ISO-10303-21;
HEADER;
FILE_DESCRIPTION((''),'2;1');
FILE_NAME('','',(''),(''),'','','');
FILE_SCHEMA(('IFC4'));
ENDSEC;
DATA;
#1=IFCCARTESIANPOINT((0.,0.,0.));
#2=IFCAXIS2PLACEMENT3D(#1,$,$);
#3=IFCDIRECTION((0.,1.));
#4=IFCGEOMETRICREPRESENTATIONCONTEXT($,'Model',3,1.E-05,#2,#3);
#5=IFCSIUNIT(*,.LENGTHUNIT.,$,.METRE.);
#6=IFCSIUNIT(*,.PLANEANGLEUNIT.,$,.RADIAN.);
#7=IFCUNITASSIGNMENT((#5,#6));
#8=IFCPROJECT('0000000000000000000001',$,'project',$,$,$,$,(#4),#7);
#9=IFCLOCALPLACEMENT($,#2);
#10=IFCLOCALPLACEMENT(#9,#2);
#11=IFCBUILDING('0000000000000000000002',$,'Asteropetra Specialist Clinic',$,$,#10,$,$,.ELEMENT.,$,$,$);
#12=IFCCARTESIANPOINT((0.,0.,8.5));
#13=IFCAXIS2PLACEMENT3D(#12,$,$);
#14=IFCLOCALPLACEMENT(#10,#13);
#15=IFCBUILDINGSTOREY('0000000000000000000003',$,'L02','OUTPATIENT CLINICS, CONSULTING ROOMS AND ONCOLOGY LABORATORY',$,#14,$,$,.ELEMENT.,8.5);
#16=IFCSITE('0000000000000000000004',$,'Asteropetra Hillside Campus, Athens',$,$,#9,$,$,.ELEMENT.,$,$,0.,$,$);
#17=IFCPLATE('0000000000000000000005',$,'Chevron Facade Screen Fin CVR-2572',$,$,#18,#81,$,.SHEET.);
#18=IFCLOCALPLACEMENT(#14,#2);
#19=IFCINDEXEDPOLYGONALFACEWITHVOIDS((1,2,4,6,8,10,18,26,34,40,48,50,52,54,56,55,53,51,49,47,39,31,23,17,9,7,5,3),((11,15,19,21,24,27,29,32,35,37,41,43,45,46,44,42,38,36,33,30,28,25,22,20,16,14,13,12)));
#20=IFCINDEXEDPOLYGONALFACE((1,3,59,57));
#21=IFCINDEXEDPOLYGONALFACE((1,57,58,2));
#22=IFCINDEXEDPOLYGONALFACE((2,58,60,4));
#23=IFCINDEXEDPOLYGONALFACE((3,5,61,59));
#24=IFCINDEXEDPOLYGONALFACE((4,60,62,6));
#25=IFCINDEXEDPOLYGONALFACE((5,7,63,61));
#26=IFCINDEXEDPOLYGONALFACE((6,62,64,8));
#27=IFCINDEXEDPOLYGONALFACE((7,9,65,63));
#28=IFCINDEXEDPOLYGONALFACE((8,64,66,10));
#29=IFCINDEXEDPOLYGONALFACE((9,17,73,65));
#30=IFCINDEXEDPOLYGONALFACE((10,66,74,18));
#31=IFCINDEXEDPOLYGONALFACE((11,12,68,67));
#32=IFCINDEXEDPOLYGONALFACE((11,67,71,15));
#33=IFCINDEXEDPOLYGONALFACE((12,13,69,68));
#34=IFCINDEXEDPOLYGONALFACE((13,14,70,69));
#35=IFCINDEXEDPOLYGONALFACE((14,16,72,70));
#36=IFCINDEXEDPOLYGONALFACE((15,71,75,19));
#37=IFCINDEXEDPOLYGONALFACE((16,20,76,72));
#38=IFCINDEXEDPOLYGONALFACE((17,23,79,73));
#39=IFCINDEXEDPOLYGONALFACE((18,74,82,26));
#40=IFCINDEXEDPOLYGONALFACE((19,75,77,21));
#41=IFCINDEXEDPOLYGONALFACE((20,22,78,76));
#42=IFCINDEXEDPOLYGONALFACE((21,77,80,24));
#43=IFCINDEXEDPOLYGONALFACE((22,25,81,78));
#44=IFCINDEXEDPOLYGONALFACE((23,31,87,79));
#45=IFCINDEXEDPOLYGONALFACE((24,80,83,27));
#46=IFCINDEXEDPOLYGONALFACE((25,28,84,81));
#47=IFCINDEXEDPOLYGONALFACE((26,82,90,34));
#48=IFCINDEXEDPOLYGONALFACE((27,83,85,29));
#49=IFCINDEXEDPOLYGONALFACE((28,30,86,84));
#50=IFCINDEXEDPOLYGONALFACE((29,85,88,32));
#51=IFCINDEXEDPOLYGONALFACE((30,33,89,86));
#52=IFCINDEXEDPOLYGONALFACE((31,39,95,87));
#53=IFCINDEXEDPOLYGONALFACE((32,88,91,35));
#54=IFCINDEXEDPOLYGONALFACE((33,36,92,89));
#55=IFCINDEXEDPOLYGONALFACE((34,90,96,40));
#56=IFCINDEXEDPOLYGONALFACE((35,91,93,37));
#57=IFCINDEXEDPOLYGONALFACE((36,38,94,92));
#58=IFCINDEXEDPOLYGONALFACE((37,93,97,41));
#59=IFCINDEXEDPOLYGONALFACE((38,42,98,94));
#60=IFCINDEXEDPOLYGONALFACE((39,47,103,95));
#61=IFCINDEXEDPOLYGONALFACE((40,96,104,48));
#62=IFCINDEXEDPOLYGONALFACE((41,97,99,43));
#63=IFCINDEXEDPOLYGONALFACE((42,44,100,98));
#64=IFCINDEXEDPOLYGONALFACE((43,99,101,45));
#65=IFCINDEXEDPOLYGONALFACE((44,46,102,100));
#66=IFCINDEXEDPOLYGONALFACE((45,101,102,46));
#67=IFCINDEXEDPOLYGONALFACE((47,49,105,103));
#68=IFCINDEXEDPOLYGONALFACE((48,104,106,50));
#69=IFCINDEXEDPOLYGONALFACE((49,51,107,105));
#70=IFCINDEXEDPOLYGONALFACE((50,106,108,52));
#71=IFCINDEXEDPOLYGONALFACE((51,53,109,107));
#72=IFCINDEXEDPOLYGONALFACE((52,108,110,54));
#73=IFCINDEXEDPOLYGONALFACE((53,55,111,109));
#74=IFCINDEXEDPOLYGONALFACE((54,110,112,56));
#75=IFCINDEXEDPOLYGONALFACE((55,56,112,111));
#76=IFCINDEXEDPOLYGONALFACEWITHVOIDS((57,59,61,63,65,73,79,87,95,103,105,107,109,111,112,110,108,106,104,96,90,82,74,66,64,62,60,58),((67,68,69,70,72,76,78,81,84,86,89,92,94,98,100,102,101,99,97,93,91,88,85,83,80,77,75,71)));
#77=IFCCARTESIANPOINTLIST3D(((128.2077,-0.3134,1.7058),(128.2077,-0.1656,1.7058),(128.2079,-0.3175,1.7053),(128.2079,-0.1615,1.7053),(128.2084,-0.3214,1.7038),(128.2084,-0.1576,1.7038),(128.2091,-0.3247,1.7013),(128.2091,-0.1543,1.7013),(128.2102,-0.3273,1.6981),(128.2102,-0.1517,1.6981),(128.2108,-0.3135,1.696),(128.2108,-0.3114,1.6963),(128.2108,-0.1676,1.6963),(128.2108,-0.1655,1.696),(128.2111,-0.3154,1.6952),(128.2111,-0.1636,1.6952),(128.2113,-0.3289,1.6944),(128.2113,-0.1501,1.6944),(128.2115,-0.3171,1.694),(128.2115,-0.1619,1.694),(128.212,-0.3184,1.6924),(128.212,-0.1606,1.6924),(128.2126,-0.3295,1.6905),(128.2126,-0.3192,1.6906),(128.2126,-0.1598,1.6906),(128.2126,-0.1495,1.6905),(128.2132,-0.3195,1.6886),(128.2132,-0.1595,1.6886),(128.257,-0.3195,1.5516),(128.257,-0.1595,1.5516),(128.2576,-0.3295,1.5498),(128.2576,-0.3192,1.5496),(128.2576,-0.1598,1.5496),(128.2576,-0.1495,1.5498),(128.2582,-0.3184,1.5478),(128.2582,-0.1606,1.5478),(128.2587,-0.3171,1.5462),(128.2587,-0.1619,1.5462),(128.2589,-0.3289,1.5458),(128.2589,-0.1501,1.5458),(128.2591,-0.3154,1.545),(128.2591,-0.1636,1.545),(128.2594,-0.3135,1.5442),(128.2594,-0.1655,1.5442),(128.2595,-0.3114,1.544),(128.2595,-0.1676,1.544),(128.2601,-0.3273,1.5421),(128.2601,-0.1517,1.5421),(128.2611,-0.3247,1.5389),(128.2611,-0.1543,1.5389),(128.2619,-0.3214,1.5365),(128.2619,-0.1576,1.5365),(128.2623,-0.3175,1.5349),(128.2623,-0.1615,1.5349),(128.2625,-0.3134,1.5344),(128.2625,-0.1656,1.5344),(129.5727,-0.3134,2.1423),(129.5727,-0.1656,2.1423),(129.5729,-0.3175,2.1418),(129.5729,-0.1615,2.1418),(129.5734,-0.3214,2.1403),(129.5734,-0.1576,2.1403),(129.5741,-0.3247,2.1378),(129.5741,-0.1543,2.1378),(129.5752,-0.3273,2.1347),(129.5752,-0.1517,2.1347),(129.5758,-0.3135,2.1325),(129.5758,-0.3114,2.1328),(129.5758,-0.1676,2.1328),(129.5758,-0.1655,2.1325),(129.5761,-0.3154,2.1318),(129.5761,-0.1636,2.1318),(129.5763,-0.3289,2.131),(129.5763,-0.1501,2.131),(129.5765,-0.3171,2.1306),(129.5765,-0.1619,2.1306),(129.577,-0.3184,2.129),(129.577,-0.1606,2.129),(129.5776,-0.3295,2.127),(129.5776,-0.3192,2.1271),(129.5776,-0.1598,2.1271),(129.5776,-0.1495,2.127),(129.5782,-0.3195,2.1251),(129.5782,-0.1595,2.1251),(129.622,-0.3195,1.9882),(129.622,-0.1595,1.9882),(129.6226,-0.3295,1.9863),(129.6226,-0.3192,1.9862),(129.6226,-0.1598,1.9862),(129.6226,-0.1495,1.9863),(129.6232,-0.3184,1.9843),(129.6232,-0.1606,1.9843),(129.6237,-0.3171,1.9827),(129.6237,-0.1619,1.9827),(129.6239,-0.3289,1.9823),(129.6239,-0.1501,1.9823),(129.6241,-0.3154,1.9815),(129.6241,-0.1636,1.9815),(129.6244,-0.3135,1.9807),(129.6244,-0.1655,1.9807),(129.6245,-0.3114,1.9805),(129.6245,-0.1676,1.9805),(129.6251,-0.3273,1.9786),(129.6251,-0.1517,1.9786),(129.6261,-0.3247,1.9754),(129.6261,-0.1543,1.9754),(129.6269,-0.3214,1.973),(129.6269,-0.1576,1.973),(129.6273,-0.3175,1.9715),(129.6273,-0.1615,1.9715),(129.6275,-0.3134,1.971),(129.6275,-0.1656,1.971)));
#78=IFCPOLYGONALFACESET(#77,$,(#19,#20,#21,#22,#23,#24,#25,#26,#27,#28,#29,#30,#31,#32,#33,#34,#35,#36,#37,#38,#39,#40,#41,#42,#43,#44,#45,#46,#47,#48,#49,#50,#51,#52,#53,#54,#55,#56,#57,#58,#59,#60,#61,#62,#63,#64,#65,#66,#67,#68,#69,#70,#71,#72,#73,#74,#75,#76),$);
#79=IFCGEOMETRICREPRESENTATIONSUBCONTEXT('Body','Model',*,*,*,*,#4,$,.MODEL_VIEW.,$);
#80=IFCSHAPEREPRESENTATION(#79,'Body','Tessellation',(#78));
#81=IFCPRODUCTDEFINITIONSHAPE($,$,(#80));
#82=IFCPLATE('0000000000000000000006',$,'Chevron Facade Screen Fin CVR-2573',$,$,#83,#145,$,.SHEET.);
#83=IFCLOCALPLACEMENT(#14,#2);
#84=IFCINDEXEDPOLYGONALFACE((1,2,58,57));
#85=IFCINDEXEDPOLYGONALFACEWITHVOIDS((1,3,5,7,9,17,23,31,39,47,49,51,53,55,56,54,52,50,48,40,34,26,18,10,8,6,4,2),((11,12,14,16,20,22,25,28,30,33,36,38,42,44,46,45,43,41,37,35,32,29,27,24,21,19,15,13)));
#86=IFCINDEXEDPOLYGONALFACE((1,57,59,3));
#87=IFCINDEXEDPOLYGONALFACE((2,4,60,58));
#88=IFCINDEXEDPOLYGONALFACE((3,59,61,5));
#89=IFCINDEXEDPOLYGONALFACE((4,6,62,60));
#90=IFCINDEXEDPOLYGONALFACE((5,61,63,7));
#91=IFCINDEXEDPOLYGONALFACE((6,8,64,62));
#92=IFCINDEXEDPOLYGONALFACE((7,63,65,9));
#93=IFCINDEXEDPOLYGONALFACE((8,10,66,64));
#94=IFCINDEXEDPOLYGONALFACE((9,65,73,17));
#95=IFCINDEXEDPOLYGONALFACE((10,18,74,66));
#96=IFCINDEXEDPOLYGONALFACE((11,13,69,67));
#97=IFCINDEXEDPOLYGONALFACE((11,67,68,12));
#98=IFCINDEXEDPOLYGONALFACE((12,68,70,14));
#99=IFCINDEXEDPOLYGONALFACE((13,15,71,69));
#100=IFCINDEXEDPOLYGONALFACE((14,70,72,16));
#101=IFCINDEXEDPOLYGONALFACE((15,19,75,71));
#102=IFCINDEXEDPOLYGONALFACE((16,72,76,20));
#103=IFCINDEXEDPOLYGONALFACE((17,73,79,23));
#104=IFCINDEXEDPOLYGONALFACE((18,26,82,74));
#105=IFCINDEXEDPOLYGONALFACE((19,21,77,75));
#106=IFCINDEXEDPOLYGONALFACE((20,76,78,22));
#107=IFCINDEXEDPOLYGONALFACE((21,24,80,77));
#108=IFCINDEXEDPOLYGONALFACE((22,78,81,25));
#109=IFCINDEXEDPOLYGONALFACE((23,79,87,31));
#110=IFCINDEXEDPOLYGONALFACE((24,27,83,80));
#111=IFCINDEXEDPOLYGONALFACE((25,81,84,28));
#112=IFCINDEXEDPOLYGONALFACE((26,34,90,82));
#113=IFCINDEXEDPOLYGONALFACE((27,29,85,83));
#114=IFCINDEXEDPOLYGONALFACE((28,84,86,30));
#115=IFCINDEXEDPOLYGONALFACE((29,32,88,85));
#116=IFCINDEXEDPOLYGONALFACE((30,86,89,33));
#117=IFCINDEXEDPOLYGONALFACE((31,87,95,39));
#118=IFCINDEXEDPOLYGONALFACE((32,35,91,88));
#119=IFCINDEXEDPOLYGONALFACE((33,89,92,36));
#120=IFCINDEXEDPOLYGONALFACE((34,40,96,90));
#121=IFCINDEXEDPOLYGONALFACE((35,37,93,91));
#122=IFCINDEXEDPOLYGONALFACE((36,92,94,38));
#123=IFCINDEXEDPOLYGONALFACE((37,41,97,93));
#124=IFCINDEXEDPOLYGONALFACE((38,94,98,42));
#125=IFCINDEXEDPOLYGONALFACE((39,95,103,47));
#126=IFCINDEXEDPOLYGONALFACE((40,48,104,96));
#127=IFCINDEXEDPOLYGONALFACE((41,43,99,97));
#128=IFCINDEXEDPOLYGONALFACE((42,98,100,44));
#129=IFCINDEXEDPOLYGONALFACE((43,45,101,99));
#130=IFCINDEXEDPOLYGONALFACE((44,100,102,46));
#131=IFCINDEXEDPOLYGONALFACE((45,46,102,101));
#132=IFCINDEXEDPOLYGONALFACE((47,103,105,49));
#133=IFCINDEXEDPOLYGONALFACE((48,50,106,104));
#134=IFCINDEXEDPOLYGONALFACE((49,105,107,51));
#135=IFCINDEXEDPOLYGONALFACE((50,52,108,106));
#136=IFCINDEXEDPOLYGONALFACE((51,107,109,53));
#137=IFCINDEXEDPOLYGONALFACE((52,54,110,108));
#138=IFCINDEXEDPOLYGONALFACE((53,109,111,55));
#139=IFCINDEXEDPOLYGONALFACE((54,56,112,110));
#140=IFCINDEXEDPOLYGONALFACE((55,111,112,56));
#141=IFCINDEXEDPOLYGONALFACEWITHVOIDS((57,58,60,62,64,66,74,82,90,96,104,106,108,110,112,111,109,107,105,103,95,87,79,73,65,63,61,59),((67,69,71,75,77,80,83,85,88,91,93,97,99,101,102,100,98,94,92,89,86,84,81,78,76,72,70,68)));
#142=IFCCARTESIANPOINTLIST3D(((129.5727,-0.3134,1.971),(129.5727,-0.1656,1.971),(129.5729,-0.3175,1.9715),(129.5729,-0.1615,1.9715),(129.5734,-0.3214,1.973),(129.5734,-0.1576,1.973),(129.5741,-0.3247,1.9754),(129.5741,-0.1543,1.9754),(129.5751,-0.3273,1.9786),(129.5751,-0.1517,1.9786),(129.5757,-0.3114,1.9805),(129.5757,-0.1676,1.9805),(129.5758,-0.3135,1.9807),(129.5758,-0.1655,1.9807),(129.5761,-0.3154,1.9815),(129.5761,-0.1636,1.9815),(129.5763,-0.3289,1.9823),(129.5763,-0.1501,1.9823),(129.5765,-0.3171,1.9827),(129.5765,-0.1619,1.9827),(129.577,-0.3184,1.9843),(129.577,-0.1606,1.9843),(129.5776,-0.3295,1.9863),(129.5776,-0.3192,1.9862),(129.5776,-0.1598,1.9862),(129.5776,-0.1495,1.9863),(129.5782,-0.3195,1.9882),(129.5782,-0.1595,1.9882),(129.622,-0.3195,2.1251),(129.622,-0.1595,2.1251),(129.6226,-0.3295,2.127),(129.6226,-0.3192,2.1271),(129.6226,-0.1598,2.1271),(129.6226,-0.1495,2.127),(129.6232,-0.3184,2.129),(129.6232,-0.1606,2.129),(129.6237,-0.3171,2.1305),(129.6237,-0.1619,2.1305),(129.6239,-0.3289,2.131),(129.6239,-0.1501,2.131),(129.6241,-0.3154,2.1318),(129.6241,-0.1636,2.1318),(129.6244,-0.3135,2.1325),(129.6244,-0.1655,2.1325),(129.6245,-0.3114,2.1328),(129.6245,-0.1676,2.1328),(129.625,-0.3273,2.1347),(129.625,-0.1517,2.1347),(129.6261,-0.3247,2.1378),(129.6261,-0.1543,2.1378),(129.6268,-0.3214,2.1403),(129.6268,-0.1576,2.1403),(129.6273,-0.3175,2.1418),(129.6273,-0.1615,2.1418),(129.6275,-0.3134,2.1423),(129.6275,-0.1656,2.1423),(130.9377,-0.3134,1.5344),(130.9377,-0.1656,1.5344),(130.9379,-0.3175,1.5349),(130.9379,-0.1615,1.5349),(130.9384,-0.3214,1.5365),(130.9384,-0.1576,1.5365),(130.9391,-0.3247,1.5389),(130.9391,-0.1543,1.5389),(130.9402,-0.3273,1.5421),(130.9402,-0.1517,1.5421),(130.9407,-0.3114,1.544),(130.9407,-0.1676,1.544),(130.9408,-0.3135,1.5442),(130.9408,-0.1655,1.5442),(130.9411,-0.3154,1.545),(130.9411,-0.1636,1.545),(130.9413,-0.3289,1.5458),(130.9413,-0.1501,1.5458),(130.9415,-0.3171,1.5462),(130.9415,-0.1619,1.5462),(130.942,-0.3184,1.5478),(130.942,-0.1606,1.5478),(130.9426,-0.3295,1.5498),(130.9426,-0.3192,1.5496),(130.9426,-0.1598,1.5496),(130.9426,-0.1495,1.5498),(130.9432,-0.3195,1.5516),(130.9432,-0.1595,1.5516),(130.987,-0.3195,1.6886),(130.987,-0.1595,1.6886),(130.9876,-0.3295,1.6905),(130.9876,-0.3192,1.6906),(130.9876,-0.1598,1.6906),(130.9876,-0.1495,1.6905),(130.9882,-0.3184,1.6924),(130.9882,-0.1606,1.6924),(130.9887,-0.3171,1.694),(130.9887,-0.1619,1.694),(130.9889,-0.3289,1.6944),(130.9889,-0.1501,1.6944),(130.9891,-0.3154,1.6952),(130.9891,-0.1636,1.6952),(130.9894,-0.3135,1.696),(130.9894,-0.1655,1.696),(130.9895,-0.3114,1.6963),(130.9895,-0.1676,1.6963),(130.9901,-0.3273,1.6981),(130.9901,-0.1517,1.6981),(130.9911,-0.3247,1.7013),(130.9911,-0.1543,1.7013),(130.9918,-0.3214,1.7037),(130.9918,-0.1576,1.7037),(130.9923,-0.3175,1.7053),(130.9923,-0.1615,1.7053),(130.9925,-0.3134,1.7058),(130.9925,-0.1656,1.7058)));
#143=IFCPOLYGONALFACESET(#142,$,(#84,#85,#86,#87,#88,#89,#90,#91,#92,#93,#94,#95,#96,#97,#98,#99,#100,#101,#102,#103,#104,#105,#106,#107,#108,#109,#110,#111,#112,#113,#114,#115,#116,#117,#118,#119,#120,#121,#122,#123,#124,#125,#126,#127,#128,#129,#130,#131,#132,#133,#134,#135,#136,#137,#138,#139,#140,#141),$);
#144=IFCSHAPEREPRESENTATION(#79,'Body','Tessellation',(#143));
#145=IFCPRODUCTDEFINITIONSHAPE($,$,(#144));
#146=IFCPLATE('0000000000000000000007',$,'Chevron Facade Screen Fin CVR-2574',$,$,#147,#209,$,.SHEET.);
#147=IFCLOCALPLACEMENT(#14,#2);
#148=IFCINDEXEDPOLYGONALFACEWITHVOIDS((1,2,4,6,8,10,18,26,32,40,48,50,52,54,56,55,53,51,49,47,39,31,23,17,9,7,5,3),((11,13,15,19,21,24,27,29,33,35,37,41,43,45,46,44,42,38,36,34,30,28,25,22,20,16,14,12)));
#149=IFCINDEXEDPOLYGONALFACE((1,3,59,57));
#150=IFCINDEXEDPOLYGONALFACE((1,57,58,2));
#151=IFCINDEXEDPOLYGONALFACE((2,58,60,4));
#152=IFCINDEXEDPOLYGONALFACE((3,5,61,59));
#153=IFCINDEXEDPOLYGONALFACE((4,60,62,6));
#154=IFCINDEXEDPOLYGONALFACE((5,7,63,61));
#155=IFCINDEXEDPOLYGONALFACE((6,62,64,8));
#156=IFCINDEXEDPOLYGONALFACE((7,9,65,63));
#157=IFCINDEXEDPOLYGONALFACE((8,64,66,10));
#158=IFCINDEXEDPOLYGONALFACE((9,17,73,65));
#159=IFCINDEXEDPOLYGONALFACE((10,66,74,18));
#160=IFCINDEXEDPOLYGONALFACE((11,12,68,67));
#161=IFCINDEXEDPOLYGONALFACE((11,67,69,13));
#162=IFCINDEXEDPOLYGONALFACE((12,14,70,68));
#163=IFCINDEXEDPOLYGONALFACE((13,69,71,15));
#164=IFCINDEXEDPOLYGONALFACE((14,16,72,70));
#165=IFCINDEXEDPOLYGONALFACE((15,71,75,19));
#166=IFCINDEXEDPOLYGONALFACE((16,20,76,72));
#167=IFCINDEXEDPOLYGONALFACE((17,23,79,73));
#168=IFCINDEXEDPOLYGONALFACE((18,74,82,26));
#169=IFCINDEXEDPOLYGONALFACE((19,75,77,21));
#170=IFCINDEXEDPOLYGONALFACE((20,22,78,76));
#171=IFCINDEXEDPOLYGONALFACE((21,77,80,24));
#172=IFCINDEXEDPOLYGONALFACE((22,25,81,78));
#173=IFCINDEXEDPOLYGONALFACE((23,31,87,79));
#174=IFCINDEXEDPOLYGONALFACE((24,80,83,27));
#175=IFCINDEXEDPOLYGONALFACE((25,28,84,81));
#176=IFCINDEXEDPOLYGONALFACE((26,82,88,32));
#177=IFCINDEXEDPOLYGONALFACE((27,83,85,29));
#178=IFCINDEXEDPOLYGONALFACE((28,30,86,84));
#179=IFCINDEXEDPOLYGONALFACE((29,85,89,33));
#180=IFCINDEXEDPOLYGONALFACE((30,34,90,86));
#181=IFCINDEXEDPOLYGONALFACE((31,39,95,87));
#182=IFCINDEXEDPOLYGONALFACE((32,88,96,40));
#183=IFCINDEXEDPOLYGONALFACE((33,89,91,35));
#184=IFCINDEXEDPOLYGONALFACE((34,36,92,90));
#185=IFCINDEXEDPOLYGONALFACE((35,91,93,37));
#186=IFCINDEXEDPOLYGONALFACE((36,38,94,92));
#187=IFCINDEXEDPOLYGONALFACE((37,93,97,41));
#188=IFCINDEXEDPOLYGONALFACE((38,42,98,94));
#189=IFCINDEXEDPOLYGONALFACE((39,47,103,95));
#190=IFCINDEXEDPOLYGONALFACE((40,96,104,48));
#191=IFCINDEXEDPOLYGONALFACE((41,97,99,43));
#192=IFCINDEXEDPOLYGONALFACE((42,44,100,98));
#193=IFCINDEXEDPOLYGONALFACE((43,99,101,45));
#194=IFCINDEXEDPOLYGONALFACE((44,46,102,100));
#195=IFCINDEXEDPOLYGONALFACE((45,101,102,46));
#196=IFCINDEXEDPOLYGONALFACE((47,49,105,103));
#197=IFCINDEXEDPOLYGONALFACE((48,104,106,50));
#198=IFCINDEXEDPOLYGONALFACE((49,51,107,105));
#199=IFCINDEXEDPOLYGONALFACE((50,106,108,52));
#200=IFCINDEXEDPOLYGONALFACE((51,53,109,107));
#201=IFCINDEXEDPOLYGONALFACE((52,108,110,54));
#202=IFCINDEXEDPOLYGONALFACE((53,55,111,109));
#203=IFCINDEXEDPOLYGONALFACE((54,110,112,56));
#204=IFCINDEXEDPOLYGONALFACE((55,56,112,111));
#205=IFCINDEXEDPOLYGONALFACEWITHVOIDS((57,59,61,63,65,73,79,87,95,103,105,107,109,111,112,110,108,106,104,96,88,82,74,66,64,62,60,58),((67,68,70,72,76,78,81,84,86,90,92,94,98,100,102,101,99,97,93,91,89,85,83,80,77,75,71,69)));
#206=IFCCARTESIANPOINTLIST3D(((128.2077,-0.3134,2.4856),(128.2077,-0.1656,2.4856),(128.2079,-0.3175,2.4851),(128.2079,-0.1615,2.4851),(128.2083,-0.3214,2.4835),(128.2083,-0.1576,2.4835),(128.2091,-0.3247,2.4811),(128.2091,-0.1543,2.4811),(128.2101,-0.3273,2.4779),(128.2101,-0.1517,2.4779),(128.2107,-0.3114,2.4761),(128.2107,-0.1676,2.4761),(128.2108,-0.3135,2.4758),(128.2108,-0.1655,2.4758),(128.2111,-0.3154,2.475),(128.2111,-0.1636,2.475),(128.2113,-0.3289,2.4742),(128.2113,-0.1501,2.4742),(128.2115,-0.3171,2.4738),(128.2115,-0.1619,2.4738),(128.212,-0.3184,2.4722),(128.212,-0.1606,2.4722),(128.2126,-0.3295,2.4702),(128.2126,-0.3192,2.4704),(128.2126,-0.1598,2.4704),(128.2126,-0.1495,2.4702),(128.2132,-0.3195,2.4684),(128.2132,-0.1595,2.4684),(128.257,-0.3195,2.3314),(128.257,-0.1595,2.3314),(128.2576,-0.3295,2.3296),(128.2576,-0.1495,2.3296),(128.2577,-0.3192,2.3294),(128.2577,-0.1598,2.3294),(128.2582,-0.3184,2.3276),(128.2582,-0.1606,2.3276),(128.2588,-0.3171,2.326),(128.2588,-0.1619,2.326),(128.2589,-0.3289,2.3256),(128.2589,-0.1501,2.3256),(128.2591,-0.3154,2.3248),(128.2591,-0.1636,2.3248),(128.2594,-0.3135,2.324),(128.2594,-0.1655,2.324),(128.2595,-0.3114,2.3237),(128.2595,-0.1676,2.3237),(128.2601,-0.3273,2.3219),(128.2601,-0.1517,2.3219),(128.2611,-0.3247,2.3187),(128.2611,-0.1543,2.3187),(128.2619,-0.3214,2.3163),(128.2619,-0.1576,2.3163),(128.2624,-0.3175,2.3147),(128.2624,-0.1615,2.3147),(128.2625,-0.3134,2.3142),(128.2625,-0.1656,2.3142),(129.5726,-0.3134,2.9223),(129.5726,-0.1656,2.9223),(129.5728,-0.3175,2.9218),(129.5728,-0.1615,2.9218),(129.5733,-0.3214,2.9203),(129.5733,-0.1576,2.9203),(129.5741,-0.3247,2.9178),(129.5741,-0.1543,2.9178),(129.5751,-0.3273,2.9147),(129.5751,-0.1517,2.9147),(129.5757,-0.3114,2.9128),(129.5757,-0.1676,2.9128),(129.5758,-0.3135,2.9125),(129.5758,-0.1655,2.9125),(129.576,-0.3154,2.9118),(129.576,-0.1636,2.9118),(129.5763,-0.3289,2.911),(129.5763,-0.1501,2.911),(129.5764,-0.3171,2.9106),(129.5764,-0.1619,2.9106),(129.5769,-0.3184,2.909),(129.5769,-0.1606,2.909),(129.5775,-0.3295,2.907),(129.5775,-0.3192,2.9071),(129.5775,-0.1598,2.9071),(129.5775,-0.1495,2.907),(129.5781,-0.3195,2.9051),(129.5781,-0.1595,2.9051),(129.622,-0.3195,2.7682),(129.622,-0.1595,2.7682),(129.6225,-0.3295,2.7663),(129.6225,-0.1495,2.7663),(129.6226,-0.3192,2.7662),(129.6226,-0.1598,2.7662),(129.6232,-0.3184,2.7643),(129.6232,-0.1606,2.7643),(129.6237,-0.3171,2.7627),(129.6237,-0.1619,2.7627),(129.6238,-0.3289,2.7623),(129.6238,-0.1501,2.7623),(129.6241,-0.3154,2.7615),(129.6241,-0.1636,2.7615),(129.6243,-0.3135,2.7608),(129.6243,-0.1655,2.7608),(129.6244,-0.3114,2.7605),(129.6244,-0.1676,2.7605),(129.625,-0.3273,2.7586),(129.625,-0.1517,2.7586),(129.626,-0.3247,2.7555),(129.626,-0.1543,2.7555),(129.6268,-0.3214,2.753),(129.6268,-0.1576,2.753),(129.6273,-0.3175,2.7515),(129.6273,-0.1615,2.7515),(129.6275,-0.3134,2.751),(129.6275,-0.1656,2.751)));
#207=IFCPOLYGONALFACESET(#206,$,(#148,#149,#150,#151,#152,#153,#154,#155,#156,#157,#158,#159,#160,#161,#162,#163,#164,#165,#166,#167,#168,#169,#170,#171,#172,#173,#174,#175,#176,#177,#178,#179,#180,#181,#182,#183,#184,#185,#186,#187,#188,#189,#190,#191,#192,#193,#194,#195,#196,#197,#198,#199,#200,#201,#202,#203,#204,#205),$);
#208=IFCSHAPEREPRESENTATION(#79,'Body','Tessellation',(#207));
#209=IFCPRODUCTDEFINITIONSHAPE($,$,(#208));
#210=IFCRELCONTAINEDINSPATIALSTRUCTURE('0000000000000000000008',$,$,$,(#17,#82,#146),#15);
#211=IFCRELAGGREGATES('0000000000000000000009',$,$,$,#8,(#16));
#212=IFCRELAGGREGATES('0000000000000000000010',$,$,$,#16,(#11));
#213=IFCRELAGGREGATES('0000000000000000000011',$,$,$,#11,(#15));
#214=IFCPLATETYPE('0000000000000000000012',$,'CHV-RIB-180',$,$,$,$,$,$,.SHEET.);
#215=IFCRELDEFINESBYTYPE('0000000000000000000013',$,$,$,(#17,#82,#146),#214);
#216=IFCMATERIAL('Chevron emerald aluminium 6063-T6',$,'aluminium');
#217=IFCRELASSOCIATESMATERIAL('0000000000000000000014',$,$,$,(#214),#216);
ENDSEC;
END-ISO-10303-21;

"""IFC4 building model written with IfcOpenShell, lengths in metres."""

from ifc_helpers import new_model, si_unit, direction, frame, origin, origin_2d, place, context, subcontext, project, spatial, hollow_rectangle, extrude, material, material_profile, profile_set, type_object, element, save


model = new_model("IFC4")

# Units and contexts
model_context = context("Model", 3, precision=1e-05, world=origin(), true_north=direction((0.0, 1.0)))
body_context = subcontext(model_context, "Body", "Model", "MODEL_VIEW")
ifc_project = project(units=[si_unit("LENGTHUNIT", "METRE"), si_unit("PLANEANGLEUNIT", "RADIAN")], contexts=[model_context])

# Site, building, storey
site_placement = place(None, origin())
site = spatial("IfcSite", under=ifc_project, at=site_placement, Name="Asteropetra Hillside Campus, Athens", CompositionType="ELEMENT", RefElevation=0.0)
building_placement = place(site_placement, origin())
building = spatial("IfcBuilding", under=site, at=building_placement, Name="Asteropetra Specialist Clinic", CompositionType="ELEMENT")
storey_placement = place(building_placement, frame((0.0, 0.0, 8.5)))
storey = spatial("IfcBuildingStorey", under=building, at=storey_placement, Name="L02", Description="OUTPATIENT CLINICS, CONSULTING ROOMS AND ONCOLOGY LABORATORY", CompositionType="ELEMENT", Elevation=8.5)

# Plates
ifc_material_1 = material(Name="Chevron emerald aluminium 6063-T6", Category="aluminium")
ifc_material_profile = material_profile(ifc_material_1, hollow_rectangle(XDim=0.1799, YDim=0.1799, WallThickness=0.01, InnerFilletRadius=0.0081, OuterFilletRadius=0.0161, at=origin_2d()), Name="SHS 180x180x10.0")
ifc_profile_set = profile_set([ifc_material_profile], Name="Chevron emerald aluminium 6063-T6")
plate_type = type_object("IfcPlateType", Name="CHV-RIB-180", PredefinedType="SHEET", material=ifc_profile_set)
for number, where, z_axis, x_axis, name in (
    (1, (128.2351, -0.2395, 1.6201), (0.95248, 0.0, 0.304603), (0.0, 1.0, 0.0), "Chevron Facade Screen Fin CVR-2572"),
    (2, (129.6001, -0.2395, 2.0566), (0.95248, 0.0, -0.304603), (0.0, 1.0, 0.0), "Chevron Facade Screen Fin CVR-2573"),
    (3, (128.2351, -0.2395, 2.3999), (0.95243, 0.0, 0.304757), (0.0, 1.0, 0.0), "Chevron Facade Screen Fin CVR-2574"),
):
    element("IfcPlate", number, at=place(storey_placement, frame(where, z_axis=z_axis, x_axis=x_axis)), inside=storey, type_object=plate_type, Name=name, PredefinedType="SHEET", context=body_context, shape_type="SweptSolid", body=[
        extrude(hollow_rectangle(XDim=0.1799, YDim=0.1799, WallThickness=0.01, InnerFilletRadius=0.0081, OuterFilletRadius=0.0161, at=origin_2d()), origin(), (0.0, 0.0, 1.0), 1.4331),
    ])

save(model, "model.ifc")
